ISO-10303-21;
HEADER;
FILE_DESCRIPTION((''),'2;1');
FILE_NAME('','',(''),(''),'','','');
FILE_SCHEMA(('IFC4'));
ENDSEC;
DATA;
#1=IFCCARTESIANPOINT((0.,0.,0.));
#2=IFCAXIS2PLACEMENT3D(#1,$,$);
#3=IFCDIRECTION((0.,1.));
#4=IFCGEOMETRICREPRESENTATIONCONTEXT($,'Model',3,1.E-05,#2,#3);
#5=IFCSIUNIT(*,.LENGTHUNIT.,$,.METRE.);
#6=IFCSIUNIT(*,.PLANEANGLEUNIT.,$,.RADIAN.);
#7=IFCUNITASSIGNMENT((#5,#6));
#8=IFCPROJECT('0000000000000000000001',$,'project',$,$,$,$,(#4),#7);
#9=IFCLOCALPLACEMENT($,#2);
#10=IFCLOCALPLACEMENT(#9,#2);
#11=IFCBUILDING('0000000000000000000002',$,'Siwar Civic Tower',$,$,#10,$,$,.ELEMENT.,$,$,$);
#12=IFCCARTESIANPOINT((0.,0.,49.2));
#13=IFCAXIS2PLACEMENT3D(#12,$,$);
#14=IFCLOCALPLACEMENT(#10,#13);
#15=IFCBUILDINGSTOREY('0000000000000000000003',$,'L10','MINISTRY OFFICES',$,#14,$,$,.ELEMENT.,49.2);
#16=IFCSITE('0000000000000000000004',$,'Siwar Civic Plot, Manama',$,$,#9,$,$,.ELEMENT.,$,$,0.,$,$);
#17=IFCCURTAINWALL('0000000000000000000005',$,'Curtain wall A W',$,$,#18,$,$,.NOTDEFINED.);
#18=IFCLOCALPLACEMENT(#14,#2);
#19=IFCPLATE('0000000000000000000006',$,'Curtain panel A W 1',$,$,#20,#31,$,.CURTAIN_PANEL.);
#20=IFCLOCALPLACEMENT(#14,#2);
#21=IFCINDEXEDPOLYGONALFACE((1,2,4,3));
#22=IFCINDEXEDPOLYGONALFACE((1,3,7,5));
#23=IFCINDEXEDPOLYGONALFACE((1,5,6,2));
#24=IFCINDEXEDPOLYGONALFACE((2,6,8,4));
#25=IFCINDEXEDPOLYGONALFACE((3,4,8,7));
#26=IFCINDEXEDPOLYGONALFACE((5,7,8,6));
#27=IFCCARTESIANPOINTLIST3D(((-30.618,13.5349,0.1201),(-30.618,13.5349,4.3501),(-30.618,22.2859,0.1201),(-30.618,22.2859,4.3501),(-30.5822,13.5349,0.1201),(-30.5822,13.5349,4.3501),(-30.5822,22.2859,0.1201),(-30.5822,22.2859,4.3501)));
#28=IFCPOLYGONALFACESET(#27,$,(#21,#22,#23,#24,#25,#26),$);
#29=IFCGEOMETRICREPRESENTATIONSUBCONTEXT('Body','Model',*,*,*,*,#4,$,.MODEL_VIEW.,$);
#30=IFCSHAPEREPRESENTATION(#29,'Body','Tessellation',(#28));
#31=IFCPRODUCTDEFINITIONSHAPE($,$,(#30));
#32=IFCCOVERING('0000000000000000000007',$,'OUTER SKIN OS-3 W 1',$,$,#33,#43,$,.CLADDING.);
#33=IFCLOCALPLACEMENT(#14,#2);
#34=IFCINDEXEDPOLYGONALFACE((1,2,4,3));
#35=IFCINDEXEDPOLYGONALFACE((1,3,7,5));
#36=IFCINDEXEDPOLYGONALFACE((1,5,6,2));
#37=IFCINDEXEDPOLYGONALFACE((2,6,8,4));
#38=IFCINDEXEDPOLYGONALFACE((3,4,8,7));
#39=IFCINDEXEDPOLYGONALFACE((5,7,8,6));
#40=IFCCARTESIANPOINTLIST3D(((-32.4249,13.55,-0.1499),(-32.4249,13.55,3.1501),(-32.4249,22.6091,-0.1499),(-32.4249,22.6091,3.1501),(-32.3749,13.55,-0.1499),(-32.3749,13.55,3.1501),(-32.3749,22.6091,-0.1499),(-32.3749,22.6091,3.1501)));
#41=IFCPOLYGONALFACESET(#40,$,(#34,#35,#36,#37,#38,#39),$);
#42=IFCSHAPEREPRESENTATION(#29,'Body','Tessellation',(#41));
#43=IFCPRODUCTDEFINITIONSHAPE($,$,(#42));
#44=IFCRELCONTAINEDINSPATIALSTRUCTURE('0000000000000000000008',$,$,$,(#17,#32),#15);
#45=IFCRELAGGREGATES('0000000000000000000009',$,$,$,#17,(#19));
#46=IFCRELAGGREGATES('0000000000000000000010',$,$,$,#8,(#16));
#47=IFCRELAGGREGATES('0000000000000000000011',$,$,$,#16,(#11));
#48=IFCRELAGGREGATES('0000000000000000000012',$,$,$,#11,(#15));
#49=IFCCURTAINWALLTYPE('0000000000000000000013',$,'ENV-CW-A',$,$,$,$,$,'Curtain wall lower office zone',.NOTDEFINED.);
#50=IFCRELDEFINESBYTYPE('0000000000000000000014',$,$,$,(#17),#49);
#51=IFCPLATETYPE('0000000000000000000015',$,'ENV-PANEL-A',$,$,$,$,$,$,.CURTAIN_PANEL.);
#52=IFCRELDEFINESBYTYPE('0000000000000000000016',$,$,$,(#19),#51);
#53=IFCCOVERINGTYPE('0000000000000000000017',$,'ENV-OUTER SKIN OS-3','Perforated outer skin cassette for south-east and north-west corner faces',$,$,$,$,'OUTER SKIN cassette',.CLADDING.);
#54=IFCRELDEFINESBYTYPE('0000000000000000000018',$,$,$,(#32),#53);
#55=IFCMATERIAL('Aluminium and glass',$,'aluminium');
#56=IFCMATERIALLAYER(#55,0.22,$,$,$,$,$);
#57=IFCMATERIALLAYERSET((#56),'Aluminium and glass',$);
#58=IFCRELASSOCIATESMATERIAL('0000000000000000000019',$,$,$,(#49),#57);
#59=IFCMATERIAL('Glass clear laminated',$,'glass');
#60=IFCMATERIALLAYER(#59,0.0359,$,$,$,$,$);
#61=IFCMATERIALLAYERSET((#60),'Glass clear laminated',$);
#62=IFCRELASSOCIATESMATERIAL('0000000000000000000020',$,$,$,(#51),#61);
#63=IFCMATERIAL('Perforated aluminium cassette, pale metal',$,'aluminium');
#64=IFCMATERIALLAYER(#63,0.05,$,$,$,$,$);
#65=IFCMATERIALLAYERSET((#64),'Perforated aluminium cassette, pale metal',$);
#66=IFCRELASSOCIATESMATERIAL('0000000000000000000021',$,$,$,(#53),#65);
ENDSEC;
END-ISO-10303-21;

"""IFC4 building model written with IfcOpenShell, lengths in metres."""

from ifc_helpers import new_model, si_unit, direction, frame, origin, origin_2d, place, context, subcontext, project, spatial, rectangle, extrude, material, layer, layer_set, type_object, element, aggregate, save


model = new_model("IFC4")

# Units and contexts
model_context = context("Model", 3, precision=1e-05, world=origin(), true_north=direction((0.0, 1.0)))
body_context = subcontext(model_context, "Body", "Model", "MODEL_VIEW")
ifc_project = project(units=[si_unit("LENGTHUNIT", "METRE"), si_unit("PLANEANGLEUNIT", "RADIAN")], contexts=[model_context])

# Site, building, storey
site_placement = place(None, origin())
site = spatial("IfcSite", under=ifc_project, at=site_placement, Name="Siwar Civic Plot, Manama", CompositionType="ELEMENT", RefElevation=0.0)
building_placement = place(site_placement, origin())
building = spatial("IfcBuilding", under=site, at=building_placement, Name="Siwar Civic Tower", CompositionType="ELEMENT")
storey_placement = place(building_placement, frame((0.0, 0.0, 49.2)))
storey = spatial("IfcBuildingStorey", under=building, at=storey_placement, Name="L10", Description="MINISTRY OFFICES", CompositionType="ELEMENT", Elevation=49.2)

# Curtain wall
ifc_material_1 = material(Name="Aluminium and glass", Category="aluminium")
ifc_layer_1 = layer(ifc_material_1, 0.22)
ifc_layer_set_1 = layer_set([ifc_layer_1], Name="Aluminium and glass")
curtain_wall_type = type_object("IfcCurtainWallType", Name="ENV-CW-A", ElementType="Curtain wall lower office zone", PredefinedType="NOTDEFINED", material=ifc_layer_set_1)
curtain_wall_placement = place(storey_placement, origin())
curtain_wall = element("IfcCurtainWall", 1, at=curtain_wall_placement, inside=storey, type_object=curtain_wall_type, Name="Curtain wall A W", PredefinedType="NOTDEFINED")

# Plate
ifc_material_2 = material(Name="Glass clear laminated", Category="glass")
ifc_layer_2 = layer(ifc_material_2, 0.0359)
ifc_layer_set_2 = layer_set([ifc_layer_2], Name="Glass clear laminated")
plate_type = type_object("IfcPlateType", Name="ENV-PANEL-A", PredefinedType="CURTAIN_PANEL", material=ifc_layer_set_2)
plate_placement = place(storey_placement, frame((-30.6001, 17.9104, 0.1201), z_axis=(0.0, 0.0, 1.0), x_axis=(0.0, -1.0, 0.0)))
plate = element("IfcPlate", 2, at=plate_placement, type_object=plate_type, Name="Curtain panel A W 1", PredefinedType="CURTAIN_PANEL", context=body_context, shape_type="SweptSolid", body=[
    extrude(rectangle(XDim=8.751, YDim=0.0359, at=origin_2d()), origin(), (0.0, 0.0, 1.0), 4.23),
])
aggregate(curtain_wall, [plate])

# Covering
ifc_material_3 = material(Name="Perforated aluminium cassette, pale metal", Category="aluminium")
ifc_layer_3 = layer(ifc_material_3, 0.05)
ifc_layer_set_3 = layer_set([ifc_layer_3], Name="Perforated aluminium cassette, pale metal")
covering_type = type_object("IfcCoveringType", Name="ENV-OUTER SKIN OS-3", Description="Perforated outer skin cassette for south-east and north-west corner faces", ElementType="OUTER SKIN cassette", PredefinedType="CLADDING", material=ifc_layer_set_3)
covering_placement = place(storey_placement, frame((-32.3999, 18.0796, -0.1499), z_axis=(0.0, 0.0, 1.0), x_axis=(0.0, -1.0, 0.0)))
element("IfcCovering", 3, at=covering_placement, inside=storey, type_object=covering_type, Name="OUTER SKIN OS-3 W 1", PredefinedType="CLADDING", context=body_context, shape_type="SweptSolid", body=[
    extrude(rectangle(XDim=9.0591, YDim=0.05, at=origin_2d()), origin(), (0.0, 0.0, 1.0), 3.3),
])

save(model, "model.ifc")
